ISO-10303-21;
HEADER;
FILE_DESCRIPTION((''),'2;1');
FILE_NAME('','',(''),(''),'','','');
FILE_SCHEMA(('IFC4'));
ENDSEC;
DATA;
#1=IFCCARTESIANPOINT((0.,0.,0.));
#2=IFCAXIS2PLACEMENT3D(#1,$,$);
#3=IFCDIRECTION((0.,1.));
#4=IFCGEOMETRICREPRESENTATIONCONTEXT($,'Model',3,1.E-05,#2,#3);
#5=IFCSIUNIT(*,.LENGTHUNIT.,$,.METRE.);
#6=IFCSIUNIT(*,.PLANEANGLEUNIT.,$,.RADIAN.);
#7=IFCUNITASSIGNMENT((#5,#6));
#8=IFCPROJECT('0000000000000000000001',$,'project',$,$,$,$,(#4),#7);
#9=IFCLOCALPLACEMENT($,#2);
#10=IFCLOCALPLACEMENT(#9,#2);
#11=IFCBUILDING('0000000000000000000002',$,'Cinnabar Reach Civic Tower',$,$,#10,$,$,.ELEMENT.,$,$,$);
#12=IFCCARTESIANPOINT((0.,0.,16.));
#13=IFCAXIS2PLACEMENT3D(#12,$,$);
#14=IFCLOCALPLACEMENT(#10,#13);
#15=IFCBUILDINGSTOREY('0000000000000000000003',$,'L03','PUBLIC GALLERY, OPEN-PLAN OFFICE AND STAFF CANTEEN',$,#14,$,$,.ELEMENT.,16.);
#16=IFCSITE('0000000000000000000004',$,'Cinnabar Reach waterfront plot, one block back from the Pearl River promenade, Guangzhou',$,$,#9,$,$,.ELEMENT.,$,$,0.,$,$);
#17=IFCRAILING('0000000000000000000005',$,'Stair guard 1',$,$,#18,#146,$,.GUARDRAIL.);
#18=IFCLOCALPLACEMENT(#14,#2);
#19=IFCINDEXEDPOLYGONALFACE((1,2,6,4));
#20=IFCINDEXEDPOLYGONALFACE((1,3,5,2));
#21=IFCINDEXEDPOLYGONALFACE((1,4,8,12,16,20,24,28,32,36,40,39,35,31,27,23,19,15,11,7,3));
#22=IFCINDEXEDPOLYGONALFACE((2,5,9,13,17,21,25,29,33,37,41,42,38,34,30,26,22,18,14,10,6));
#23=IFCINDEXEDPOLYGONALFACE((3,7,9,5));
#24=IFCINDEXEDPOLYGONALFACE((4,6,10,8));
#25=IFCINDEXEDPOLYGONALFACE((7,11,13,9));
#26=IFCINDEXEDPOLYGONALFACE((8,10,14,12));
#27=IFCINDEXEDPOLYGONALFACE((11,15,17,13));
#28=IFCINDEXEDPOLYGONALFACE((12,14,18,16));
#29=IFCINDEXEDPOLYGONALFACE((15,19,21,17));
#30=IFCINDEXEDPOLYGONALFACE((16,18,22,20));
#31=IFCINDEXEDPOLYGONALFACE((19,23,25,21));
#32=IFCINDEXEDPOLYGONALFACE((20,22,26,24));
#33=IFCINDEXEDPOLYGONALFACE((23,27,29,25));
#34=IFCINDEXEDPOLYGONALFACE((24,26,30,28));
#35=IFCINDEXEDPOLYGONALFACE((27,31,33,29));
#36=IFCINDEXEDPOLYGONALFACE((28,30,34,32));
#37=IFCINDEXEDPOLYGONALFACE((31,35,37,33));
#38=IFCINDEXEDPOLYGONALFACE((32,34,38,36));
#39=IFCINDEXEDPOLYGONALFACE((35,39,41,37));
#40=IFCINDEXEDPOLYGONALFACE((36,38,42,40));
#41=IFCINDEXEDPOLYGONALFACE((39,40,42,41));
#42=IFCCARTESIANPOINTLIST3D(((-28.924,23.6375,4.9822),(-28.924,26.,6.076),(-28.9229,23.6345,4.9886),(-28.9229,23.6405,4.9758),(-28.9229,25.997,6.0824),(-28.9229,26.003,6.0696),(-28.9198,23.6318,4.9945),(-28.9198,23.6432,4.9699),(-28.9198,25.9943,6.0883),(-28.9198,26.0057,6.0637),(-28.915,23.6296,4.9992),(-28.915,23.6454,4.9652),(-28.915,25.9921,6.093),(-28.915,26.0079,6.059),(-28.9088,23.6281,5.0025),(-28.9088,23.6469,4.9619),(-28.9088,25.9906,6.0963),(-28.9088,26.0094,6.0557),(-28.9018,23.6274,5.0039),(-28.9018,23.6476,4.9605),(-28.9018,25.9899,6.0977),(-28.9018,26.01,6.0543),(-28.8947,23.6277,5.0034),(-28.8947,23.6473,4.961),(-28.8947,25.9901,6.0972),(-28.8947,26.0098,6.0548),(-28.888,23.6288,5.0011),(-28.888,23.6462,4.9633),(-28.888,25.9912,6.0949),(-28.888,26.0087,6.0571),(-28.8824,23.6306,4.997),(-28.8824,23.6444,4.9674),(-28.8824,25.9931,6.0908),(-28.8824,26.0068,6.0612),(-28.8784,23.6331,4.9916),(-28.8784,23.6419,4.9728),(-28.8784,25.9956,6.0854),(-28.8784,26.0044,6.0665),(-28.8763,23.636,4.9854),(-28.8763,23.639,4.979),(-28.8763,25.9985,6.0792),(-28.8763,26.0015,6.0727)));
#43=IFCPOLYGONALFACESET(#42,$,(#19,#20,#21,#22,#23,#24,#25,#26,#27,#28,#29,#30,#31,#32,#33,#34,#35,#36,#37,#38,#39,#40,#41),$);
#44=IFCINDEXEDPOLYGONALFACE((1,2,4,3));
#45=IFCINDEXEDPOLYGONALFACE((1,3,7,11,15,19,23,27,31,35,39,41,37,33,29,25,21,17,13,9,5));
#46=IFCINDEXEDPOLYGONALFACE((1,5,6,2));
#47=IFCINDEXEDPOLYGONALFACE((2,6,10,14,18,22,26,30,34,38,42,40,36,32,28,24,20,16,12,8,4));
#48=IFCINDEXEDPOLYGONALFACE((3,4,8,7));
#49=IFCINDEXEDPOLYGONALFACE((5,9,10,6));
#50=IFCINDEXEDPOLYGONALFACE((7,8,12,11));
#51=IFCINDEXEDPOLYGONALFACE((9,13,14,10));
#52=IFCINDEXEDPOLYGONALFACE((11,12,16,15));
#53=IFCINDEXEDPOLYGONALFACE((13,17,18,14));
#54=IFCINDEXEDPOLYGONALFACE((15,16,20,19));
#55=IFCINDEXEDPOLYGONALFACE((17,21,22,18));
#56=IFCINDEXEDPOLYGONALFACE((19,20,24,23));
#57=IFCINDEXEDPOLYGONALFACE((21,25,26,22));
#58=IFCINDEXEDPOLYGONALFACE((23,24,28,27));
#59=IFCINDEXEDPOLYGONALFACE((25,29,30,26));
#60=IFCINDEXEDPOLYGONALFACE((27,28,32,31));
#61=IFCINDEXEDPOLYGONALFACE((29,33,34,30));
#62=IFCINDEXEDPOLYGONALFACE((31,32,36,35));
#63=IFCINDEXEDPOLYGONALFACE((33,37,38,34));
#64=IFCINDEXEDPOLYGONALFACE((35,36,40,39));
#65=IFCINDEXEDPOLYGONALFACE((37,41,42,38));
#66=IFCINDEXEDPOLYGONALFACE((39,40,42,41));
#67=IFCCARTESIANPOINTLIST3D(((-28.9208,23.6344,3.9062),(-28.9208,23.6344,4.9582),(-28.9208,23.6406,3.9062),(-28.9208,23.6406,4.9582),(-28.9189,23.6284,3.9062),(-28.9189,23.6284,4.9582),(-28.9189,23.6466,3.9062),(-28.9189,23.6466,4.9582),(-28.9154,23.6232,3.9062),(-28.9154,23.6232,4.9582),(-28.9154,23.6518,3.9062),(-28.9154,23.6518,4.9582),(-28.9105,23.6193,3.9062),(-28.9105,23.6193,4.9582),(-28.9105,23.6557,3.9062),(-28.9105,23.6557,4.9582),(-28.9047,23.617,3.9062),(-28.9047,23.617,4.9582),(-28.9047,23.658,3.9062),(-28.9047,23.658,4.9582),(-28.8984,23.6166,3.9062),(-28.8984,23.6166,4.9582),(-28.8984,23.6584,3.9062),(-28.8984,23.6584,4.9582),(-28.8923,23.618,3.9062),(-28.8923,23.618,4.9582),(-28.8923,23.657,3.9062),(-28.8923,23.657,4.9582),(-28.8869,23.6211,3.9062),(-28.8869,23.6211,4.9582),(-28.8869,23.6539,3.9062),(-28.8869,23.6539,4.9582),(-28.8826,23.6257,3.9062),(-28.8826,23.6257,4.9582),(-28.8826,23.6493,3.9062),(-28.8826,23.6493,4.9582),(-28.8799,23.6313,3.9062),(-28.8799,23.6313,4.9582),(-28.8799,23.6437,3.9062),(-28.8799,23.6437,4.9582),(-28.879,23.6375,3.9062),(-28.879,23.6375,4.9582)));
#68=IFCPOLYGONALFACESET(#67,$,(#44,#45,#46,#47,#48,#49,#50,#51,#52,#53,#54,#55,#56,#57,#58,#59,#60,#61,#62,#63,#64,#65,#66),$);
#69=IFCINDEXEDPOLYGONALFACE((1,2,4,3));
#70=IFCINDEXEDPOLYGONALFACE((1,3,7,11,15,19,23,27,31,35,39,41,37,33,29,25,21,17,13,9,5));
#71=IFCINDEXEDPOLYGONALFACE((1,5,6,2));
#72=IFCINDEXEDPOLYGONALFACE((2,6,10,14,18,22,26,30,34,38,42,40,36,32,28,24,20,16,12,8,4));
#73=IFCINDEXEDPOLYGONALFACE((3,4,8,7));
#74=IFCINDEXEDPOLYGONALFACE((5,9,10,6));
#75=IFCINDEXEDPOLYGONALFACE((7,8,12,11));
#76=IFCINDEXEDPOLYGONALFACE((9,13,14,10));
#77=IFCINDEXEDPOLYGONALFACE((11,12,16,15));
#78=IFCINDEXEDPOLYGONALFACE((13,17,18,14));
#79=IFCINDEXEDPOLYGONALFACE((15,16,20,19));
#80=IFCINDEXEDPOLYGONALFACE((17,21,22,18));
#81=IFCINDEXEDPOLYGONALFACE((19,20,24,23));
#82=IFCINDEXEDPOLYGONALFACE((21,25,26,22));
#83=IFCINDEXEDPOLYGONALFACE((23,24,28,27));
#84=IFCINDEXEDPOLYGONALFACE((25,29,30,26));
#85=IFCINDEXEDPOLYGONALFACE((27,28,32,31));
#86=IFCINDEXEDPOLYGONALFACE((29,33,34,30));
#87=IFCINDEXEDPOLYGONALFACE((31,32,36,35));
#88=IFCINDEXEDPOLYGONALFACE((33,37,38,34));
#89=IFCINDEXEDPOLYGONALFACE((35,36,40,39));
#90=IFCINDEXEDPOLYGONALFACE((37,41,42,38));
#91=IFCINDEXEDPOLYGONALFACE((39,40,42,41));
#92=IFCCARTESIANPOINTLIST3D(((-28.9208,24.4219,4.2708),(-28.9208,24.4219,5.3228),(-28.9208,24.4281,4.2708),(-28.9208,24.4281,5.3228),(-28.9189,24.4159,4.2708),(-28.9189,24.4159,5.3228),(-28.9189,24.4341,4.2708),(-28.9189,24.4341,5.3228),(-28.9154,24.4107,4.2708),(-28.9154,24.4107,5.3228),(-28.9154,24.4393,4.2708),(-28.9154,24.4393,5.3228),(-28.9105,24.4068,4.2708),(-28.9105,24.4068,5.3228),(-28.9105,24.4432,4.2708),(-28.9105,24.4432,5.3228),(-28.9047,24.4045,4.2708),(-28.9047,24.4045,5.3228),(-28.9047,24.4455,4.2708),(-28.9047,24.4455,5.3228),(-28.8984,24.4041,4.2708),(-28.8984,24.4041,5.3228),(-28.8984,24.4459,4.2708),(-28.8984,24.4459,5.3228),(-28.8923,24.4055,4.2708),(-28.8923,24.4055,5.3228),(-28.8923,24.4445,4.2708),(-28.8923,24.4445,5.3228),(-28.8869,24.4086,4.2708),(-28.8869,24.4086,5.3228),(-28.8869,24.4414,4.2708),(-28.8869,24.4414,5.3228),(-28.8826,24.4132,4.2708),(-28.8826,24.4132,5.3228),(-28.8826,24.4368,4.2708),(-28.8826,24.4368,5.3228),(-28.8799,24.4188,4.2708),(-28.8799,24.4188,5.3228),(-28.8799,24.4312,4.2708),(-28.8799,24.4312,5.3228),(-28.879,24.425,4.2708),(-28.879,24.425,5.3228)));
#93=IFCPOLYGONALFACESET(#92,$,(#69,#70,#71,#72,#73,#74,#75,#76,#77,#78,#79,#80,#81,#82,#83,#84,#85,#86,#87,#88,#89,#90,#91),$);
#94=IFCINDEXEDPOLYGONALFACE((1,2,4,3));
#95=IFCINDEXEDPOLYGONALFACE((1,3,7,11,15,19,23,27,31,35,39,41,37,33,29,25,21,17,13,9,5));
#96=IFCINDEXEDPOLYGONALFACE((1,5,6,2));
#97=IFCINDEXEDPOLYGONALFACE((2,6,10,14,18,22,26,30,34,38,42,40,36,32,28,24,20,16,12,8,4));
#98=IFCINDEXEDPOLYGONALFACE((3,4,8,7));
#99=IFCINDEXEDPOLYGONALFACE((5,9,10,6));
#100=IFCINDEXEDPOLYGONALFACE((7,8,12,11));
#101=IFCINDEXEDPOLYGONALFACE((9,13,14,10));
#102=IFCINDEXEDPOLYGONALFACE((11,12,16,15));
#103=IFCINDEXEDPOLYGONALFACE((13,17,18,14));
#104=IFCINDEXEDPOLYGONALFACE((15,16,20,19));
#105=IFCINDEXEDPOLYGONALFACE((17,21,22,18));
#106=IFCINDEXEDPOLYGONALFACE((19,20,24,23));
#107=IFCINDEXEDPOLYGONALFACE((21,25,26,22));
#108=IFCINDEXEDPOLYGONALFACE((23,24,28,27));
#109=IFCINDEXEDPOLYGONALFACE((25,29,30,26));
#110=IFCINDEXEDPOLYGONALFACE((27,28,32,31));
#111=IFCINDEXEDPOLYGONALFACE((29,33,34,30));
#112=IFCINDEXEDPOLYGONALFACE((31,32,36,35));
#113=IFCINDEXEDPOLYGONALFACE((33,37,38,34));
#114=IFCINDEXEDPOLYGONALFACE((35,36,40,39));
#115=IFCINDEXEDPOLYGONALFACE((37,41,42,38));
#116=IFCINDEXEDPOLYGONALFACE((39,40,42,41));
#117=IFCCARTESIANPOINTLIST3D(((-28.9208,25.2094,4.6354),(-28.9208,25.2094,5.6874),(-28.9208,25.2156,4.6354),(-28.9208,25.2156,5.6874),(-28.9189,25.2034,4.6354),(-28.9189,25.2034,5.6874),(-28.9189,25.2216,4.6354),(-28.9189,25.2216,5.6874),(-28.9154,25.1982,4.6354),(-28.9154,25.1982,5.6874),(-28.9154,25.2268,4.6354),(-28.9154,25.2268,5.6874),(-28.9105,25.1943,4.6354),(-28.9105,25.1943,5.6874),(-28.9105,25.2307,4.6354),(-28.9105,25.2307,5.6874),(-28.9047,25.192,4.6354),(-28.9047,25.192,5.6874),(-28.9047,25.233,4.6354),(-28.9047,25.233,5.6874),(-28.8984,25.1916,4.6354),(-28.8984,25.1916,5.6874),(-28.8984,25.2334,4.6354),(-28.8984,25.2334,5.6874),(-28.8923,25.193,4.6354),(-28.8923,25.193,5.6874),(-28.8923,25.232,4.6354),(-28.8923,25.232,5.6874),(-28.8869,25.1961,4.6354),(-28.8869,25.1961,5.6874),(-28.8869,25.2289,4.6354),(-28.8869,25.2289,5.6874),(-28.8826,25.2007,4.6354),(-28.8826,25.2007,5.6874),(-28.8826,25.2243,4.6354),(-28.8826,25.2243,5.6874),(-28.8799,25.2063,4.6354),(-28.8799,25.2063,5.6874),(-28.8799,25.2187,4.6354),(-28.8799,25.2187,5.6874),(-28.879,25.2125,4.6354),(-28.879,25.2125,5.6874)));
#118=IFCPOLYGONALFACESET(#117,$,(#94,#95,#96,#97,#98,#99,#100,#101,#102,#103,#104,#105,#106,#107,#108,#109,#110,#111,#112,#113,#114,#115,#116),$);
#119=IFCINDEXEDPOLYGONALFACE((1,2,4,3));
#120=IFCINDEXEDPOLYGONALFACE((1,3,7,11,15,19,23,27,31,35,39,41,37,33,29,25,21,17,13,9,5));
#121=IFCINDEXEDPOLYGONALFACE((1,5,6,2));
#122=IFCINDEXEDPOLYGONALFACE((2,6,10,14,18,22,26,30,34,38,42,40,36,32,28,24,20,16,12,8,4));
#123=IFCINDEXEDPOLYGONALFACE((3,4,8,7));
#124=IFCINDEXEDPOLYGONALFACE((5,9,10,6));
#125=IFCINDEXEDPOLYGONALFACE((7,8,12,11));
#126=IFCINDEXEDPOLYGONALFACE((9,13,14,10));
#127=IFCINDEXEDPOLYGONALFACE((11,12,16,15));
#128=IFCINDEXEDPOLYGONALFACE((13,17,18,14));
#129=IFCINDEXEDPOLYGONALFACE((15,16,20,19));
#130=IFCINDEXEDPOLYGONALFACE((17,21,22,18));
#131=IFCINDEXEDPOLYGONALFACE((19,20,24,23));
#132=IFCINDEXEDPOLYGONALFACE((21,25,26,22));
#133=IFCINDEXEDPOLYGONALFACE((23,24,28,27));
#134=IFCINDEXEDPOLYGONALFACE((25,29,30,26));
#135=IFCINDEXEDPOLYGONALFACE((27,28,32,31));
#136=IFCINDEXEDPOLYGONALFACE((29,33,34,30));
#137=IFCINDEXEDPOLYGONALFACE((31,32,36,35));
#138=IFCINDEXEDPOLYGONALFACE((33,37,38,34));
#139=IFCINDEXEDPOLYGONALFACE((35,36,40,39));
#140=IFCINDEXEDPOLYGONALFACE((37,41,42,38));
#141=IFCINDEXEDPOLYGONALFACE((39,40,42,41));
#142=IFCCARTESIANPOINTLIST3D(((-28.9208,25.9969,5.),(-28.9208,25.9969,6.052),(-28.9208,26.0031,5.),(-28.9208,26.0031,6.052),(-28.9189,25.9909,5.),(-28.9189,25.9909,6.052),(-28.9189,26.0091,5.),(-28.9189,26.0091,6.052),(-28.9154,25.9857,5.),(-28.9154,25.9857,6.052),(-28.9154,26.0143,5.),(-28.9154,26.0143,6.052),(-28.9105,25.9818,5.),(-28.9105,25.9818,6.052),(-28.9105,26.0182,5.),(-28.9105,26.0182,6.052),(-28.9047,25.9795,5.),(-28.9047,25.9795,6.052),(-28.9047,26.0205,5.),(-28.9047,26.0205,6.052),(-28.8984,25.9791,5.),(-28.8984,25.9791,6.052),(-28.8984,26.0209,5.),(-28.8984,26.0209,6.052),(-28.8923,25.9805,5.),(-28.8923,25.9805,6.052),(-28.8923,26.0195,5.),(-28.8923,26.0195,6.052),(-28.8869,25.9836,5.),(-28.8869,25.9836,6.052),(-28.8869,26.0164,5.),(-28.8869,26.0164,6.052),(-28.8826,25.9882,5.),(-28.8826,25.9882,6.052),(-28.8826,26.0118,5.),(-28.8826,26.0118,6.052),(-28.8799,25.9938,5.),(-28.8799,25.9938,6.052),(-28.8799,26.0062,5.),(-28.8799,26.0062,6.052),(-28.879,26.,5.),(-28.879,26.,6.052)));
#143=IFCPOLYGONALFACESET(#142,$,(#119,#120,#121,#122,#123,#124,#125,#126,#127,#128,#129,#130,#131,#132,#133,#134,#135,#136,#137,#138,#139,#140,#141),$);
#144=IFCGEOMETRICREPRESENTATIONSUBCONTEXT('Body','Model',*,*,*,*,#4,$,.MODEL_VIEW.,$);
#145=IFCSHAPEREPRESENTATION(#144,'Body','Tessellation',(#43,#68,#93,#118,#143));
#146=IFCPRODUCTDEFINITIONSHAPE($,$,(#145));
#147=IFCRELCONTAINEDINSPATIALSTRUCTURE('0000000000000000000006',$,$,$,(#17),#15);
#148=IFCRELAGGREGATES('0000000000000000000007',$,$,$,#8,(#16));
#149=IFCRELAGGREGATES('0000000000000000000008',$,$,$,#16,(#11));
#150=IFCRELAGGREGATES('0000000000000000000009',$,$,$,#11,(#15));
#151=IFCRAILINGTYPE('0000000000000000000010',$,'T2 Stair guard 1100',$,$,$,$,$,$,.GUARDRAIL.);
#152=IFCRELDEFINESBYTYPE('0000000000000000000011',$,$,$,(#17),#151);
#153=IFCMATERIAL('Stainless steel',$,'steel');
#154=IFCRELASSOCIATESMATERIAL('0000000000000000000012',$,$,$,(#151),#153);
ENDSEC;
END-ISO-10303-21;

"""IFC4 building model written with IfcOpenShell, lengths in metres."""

from ifc_helpers import new_model, si_unit, direction, frame, origin, origin_2d, place, context, subcontext, project, spatial, circle, extrude, material, type_object, element, save


model = new_model("IFC4")

# Units and contexts
model_context = context("Model", 3, precision=1e-05, world=origin(), true_north=direction((0.0, 1.0)))
body_context = subcontext(model_context, "Body", "Model", "MODEL_VIEW")
ifc_project = project(units=[si_unit("LENGTHUNIT", "METRE"), si_unit("PLANEANGLEUNIT", "RADIAN")], contexts=[model_context])

# Site, building, storey
site_placement = place(None, origin())
site = spatial("IfcSite", under=ifc_project, at=site_placement, Name="Cinnabar Reach waterfront plot, one block back from the Pearl River promenade, Guangzhou", CompositionType="ELEMENT", RefElevation=0.0)
building_placement = place(site_placement, origin())
building = spatial("IfcBuilding", under=site, at=building_placement, Name="Cinnabar Reach Civic Tower", CompositionType="ELEMENT")
storey_placement = place(building_placement, frame((0.0, 0.0, 16.0)))
storey = spatial("IfcBuildingStorey", under=building, at=storey_placement, Name="L03", Description="PUBLIC GALLERY, OPEN-PLAN OFFICE AND STAFF CANTEEN", CompositionType="ELEMENT", Elevation=16.0)

# Railing
ifc_material_1 = material(Name="Stainless steel", Category="steel")
railing_type = type_object("IfcRailingType", Name="T2 Stair guard 1100", PredefinedType="GUARDRAIL", material=ifc_material_1)
railing_1_placement = place(storey_placement, frame((-28.9, 23.6375, 3.9062)))
element("IfcRailing", 1, at=railing_1_placement, inside=storey, type_object=railing_type, Name="Stair guard 1", PredefinedType="GUARDRAIL", context=body_context, shape_type="SweptSolid", body=[
    extrude(circle(Radius=0.024, at=origin_2d()), frame((0.0, 0.0, 1.076), z_axis=(0.0, 0.90746, 0.420139), x_axis=(-1.0, 0.0, 0.0)), (0.0, 0.0, 1.0), 2.6034),
    extrude(circle(Radius=0.021, at=origin_2d()), origin(), (0.0, 0.0, 1.0), 1.052),
    extrude(circle(Radius=0.021, at=origin_2d()), frame((0.0, 0.7875, 0.3646)), (0.0, 0.0, 1.0), 1.052),
    extrude(circle(Radius=0.021, at=origin_2d()), frame((0.0, 1.575, 0.7292)), (0.0, 0.0, 1.0), 1.052),
    extrude(circle(Radius=0.021, at=origin_2d()), frame((0.0, 2.3625, 1.0938)), (0.0, 0.0, 1.0), 1.052),
])

save(model, "model.ifc")
